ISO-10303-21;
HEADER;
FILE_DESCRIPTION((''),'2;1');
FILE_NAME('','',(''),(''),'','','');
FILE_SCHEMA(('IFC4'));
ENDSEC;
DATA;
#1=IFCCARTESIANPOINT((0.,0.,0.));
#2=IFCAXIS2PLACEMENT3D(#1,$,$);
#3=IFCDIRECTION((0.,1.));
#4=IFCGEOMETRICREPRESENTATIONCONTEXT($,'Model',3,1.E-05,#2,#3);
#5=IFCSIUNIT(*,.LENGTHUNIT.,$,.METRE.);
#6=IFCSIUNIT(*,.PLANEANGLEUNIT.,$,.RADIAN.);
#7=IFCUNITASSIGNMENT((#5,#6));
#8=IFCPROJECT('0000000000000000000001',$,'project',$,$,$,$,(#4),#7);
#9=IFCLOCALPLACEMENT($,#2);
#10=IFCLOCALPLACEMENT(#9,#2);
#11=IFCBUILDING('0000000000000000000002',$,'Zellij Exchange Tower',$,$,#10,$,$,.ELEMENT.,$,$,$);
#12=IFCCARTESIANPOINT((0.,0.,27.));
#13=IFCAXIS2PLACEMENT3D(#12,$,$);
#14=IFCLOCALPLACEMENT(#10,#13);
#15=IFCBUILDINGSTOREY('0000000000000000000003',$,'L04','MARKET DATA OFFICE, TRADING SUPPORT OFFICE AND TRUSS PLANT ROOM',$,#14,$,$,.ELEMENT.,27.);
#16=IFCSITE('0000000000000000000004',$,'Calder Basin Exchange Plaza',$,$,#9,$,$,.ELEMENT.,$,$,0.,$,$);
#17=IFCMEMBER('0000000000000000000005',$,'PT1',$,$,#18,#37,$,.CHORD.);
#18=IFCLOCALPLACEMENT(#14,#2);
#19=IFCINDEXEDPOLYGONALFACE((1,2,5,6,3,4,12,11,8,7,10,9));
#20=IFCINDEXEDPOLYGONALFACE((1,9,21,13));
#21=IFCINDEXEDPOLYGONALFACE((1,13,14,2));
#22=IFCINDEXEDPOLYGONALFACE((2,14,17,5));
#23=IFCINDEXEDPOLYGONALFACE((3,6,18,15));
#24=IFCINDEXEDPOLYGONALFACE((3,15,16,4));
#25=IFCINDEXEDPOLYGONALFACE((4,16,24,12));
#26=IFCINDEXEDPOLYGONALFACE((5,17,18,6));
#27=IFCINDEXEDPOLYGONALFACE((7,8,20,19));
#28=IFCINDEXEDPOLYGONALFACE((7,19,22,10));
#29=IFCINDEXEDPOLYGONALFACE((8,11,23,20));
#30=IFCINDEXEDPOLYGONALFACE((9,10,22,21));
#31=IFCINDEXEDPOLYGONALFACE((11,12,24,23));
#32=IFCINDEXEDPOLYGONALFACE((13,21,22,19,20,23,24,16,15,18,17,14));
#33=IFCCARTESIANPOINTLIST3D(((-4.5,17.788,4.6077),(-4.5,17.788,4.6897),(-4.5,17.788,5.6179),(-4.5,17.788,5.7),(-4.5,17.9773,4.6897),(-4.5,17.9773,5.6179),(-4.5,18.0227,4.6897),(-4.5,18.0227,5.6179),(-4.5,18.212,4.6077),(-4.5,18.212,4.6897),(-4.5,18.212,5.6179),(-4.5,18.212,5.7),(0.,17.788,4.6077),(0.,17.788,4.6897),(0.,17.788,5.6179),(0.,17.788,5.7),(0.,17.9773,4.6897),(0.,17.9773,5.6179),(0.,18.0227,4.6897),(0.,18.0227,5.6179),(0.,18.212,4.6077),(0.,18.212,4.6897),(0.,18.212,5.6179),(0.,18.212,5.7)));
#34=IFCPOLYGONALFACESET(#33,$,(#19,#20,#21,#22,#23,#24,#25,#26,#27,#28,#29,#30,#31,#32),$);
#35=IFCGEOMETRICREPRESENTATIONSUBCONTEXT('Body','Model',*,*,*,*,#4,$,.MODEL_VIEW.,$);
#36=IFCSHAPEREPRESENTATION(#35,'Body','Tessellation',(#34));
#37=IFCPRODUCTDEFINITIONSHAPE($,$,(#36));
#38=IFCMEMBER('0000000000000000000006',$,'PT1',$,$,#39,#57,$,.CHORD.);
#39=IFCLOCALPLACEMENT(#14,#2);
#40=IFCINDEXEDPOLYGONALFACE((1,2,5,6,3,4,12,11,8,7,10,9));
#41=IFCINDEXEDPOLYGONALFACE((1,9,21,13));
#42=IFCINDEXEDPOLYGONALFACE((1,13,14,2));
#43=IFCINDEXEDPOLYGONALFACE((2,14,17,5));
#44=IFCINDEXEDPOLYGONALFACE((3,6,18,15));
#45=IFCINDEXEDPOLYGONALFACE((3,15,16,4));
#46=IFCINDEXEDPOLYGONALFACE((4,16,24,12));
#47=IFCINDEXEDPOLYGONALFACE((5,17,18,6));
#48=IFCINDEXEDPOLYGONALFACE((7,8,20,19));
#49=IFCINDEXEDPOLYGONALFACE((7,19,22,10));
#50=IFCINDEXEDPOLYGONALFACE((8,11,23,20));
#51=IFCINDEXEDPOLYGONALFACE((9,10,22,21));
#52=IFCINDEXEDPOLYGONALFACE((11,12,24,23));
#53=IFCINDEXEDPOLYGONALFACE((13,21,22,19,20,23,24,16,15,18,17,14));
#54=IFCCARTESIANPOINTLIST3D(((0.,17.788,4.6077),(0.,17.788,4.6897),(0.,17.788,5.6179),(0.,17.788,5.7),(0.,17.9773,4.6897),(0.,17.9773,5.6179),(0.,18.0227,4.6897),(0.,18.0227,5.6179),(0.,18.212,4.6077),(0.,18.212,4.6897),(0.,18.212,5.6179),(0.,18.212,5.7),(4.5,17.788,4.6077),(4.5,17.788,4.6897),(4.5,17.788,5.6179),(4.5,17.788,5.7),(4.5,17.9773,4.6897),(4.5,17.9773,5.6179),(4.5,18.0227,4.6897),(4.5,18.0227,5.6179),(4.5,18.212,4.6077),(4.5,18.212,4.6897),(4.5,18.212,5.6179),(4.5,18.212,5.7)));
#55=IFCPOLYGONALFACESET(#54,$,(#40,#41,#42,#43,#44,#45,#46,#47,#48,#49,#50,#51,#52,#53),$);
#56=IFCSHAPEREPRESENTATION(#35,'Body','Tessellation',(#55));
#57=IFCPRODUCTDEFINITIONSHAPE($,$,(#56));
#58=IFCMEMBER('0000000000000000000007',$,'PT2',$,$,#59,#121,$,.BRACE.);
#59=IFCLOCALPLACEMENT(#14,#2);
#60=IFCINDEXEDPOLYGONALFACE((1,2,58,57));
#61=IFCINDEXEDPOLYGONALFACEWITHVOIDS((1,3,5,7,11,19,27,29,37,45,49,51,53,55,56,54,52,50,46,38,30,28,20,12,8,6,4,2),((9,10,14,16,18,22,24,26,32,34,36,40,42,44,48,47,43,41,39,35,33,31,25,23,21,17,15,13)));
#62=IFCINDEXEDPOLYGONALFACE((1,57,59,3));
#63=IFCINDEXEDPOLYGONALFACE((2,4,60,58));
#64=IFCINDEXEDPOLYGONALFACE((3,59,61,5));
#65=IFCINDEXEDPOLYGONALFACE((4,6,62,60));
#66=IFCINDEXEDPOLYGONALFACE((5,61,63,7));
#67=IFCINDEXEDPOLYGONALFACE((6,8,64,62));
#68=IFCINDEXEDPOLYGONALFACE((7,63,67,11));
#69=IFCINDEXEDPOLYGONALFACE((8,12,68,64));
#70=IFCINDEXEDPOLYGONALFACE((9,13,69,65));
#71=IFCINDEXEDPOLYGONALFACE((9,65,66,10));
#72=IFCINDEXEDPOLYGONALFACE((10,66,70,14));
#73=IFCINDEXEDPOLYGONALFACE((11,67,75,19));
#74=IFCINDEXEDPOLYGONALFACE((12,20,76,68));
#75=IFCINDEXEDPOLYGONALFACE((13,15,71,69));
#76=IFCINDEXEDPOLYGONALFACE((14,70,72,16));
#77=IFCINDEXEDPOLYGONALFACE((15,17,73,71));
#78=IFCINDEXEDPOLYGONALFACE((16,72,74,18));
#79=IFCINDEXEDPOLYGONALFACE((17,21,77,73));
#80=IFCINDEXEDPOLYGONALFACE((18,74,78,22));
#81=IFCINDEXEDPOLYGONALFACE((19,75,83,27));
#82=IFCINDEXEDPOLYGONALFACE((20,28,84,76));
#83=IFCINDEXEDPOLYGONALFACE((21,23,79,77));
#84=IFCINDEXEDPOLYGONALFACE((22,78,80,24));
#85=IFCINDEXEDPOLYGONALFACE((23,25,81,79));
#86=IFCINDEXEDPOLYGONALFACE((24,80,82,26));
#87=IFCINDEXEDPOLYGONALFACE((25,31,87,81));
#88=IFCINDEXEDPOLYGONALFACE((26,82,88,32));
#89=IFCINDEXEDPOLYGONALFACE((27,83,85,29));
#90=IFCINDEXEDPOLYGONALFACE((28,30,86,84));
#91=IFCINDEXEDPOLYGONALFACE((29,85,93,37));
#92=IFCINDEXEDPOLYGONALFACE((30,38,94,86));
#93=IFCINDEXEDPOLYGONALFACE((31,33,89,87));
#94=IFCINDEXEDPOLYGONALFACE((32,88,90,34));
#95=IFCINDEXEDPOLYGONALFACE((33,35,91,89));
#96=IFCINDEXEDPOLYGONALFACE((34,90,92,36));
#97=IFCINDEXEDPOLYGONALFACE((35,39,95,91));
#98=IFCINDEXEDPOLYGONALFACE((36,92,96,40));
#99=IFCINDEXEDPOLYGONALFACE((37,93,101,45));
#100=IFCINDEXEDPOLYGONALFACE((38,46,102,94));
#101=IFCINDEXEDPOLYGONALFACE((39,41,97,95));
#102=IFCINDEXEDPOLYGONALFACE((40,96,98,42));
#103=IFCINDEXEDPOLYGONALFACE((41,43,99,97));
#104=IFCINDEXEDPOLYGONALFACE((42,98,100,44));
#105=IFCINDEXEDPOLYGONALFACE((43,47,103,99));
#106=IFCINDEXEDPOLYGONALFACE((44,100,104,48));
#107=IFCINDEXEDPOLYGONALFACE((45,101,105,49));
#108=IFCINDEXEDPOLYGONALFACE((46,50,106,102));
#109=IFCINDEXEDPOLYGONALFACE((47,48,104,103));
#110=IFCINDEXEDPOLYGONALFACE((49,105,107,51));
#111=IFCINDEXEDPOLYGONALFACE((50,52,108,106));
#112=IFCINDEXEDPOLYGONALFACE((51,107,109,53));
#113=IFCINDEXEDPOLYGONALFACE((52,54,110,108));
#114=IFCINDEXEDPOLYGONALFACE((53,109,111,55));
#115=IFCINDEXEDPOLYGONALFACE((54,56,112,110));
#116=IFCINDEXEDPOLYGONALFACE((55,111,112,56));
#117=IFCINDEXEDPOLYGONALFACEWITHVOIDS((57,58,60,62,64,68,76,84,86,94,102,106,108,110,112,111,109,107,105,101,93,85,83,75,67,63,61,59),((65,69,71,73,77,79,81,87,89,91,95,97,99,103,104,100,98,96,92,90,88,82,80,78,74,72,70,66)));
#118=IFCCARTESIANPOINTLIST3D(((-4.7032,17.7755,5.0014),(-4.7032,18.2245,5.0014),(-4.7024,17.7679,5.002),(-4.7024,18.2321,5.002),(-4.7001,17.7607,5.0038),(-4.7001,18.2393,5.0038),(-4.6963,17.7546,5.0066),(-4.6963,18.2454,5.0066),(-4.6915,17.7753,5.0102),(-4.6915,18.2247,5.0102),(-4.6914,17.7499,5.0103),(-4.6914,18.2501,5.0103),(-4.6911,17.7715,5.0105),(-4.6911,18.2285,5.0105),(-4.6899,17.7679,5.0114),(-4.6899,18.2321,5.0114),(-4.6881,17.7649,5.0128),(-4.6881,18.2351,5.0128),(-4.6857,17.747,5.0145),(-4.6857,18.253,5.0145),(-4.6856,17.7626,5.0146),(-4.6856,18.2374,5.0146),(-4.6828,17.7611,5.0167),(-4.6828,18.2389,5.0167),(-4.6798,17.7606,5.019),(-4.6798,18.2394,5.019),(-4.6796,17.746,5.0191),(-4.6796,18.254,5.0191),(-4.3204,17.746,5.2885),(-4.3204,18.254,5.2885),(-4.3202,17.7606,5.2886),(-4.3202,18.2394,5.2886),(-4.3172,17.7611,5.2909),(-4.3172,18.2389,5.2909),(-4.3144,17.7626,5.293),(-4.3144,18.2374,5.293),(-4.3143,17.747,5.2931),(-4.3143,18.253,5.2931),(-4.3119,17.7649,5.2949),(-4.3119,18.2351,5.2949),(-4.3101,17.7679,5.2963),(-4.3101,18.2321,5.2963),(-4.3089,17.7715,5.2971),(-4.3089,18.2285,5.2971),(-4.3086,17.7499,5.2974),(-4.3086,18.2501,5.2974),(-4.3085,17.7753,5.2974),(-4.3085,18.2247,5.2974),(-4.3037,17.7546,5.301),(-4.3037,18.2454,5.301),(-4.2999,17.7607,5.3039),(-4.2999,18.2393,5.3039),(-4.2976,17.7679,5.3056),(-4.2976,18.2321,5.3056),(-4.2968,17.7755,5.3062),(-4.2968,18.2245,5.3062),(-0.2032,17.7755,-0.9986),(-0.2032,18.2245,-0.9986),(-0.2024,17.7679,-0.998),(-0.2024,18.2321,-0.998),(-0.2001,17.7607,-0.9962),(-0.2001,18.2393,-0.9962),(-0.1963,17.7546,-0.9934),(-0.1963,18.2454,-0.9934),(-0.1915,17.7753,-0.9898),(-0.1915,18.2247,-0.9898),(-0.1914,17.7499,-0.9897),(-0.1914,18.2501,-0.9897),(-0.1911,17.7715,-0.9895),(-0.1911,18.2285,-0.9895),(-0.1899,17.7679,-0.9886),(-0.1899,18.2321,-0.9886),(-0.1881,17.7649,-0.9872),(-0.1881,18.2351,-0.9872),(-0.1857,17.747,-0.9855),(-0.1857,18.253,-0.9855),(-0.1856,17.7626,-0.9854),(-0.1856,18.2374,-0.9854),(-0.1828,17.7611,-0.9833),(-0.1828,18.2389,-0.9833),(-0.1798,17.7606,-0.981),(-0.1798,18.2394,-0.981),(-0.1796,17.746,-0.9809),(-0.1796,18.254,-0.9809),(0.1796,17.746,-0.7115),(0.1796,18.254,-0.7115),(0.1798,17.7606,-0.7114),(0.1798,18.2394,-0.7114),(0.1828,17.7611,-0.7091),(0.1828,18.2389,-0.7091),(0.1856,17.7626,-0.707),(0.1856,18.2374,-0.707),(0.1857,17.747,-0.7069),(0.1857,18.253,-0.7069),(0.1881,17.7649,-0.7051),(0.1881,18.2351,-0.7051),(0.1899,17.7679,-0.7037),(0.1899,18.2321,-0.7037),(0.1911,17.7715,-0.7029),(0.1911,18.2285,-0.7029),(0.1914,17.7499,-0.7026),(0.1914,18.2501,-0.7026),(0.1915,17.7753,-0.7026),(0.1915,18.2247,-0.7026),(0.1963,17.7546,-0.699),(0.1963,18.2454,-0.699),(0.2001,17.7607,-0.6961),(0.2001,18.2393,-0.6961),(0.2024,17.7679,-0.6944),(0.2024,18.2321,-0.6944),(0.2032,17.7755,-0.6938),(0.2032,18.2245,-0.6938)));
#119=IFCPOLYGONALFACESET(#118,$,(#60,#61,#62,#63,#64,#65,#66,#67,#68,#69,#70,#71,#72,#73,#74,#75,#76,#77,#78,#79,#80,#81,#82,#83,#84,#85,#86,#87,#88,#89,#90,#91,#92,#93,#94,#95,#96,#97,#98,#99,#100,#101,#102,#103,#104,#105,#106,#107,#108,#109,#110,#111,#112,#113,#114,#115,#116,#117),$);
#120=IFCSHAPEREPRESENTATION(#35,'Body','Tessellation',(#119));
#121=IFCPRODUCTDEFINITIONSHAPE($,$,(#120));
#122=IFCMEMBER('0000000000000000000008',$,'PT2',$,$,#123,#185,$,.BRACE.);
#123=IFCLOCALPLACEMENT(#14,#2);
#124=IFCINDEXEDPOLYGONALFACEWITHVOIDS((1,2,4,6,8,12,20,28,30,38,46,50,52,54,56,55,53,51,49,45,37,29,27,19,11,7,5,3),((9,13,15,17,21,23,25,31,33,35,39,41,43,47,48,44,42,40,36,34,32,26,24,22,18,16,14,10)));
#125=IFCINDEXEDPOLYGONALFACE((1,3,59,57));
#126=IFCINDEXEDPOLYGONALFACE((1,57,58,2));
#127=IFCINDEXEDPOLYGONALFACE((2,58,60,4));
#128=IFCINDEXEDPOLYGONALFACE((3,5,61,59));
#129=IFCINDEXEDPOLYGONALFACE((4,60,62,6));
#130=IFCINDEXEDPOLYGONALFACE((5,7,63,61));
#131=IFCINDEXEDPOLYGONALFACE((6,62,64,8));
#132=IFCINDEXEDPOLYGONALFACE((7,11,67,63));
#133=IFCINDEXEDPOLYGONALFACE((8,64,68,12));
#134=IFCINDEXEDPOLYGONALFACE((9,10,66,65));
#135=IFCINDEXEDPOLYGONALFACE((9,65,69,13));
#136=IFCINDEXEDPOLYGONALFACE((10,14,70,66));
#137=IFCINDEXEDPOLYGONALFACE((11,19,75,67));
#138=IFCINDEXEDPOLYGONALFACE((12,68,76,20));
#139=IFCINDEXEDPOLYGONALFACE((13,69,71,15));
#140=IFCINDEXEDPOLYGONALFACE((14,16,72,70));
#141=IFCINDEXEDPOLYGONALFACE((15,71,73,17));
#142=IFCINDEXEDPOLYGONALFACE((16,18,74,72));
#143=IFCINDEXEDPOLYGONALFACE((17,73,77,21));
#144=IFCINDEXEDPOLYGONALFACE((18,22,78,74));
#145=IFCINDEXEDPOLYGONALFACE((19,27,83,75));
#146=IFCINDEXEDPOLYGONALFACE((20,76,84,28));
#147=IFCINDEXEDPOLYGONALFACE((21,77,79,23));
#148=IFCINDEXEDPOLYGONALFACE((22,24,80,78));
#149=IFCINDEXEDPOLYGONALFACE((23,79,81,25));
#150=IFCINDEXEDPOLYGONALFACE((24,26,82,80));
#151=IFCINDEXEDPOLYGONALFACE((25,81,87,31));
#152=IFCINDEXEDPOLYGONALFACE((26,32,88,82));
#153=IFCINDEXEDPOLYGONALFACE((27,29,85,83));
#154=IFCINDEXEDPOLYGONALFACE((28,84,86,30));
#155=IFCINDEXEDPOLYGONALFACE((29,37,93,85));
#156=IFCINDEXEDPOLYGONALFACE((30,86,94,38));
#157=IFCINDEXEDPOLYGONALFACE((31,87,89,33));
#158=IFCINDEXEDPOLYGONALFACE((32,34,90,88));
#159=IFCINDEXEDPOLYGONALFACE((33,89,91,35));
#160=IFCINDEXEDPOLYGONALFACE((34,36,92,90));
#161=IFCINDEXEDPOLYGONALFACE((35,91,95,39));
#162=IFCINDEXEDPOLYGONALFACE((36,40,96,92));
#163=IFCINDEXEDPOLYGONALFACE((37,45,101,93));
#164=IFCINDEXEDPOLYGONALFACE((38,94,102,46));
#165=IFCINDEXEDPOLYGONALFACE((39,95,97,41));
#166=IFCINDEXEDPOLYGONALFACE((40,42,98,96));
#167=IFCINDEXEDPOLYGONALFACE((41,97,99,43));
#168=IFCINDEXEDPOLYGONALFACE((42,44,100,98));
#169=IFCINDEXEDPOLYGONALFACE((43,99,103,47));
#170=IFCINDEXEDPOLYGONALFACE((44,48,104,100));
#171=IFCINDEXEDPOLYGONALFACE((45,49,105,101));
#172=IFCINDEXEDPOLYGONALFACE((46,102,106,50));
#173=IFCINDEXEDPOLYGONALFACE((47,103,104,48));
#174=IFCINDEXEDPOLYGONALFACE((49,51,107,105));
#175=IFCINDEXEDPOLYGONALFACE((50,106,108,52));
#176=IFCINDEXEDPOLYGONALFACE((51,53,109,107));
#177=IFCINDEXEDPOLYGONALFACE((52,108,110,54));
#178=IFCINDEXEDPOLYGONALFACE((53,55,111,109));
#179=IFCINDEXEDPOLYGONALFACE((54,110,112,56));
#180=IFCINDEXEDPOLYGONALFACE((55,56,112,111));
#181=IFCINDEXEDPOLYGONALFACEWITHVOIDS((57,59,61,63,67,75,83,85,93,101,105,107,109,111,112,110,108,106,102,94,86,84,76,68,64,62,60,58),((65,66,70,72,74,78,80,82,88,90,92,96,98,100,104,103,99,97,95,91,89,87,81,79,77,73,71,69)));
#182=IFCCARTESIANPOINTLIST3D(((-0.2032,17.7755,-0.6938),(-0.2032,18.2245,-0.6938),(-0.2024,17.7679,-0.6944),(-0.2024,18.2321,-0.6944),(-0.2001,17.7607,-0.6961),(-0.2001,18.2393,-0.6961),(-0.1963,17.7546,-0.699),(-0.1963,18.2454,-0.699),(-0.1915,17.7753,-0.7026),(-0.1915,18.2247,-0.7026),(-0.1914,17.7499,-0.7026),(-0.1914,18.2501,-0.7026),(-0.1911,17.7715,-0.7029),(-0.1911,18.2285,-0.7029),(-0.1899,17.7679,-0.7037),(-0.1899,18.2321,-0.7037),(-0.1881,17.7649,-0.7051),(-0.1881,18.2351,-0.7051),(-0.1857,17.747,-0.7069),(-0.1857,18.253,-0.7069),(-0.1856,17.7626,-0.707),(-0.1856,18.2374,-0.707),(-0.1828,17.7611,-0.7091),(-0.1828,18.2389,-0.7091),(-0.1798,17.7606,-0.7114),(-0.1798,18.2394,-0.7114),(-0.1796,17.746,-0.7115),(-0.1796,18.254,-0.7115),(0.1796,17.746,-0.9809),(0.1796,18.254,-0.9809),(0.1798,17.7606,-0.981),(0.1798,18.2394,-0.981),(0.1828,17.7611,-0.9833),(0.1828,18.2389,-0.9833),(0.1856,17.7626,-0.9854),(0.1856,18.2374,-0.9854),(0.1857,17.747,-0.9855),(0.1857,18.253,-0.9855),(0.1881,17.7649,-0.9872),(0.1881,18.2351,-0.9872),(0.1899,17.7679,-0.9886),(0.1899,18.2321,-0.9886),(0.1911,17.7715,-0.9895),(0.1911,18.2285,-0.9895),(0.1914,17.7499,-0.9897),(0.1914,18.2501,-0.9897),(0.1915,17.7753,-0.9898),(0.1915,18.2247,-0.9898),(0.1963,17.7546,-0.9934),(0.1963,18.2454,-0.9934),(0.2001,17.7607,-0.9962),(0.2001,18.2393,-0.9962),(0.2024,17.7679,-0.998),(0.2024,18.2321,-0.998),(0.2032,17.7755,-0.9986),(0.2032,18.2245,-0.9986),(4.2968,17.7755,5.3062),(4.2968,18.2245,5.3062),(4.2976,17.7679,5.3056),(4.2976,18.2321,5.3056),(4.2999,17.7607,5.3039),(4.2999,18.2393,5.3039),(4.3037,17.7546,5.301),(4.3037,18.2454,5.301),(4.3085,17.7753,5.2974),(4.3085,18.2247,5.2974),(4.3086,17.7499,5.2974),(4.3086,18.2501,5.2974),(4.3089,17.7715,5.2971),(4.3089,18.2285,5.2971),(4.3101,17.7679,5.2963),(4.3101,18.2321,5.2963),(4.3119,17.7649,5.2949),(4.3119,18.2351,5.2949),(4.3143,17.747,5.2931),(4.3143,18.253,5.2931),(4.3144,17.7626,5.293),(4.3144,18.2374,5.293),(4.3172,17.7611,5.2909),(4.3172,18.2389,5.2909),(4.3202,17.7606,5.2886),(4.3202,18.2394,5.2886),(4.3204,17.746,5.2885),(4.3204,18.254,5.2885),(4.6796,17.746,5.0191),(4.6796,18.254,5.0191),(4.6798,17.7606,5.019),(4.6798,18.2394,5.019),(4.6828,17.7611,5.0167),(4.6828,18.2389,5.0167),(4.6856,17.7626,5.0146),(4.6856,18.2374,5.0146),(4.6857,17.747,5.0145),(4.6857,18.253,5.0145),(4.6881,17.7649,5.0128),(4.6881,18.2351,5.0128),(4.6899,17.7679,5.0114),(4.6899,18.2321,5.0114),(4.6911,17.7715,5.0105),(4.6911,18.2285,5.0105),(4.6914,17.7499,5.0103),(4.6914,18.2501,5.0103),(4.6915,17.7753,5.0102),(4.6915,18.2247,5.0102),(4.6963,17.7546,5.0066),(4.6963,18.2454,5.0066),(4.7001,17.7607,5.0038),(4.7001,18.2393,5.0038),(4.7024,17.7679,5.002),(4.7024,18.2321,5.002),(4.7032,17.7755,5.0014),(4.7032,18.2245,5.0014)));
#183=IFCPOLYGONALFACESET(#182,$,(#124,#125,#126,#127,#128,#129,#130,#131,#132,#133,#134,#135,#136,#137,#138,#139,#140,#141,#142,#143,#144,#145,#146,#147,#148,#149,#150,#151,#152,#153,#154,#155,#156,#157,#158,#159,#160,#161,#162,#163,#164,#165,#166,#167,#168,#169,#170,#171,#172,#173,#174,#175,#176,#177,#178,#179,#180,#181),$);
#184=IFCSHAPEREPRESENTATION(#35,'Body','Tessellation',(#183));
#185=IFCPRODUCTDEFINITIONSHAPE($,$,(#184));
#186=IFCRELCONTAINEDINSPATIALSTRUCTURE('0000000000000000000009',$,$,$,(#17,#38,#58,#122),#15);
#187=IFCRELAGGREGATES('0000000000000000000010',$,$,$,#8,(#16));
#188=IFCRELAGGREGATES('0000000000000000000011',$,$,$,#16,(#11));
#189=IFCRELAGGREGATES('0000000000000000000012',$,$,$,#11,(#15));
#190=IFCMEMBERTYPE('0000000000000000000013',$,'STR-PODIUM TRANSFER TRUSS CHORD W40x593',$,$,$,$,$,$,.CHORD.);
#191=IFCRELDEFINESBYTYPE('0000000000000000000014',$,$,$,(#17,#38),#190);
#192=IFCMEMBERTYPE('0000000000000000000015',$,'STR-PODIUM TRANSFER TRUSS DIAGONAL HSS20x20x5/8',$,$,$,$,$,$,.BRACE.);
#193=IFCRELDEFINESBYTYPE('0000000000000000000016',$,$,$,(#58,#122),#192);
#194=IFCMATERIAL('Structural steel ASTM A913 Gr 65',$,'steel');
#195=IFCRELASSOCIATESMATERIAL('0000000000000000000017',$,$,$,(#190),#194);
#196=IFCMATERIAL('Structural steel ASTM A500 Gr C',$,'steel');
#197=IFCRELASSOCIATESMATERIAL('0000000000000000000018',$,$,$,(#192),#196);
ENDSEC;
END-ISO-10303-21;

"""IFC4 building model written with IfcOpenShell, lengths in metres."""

from ifc_helpers import new_model, si_unit, direction, frame, origin, origin_2d, place, context, subcontext, project, spatial, hollow_rectangle, i_section, extrude, material, material_profile, profile_set, type_object, element, save


model = new_model("IFC4")

# Units and contexts
model_context = context("Model", 3, precision=1e-05, world=origin(), true_north=direction((0.0, 1.0)))
body_context = subcontext(model_context, "Body", "Model", "MODEL_VIEW")
ifc_project = project(units=[si_unit("LENGTHUNIT", "METRE"), si_unit("PLANEANGLEUNIT", "RADIAN")], contexts=[model_context])

# Site, building, storey
site_placement = place(None, origin())
site = spatial("IfcSite", under=ifc_project, at=site_placement, Name="Calder Basin Exchange Plaza", CompositionType="ELEMENT", RefElevation=0.0)
building_placement = place(site_placement, origin())
building = spatial("IfcBuilding", under=site, at=building_placement, Name="Zellij Exchange Tower", CompositionType="ELEMENT")
storey_placement = place(building_placement, frame((0.0, 0.0, 27.0)))
storey = spatial("IfcBuildingStorey", under=building, at=storey_placement, Name="L04", Description="MARKET DATA OFFICE, TRADING SUPPORT OFFICE AND TRUSS PLANT ROOM", CompositionType="ELEMENT", Elevation=27.0)

# Members
ifc_material_1 = material(Name="Structural steel ASTM A913 Gr 65", Category="steel")
ifc_material_profile_1 = material_profile(ifc_material_1, i_section(OverallWidth=0.4241, OverallDepth=1.0923, WebThickness=0.0454, FlangeThickness=0.082, at=origin_2d()), Name="W40x593")
ifc_profile_set_1 = profile_set([ifc_material_profile_1], Name="Structural steel ASTM A913 Gr 65")
member_type_1 = type_object("IfcMemberType", Name="STR-PODIUM TRANSFER TRUSS CHORD W40x593", PredefinedType="CHORD", material=ifc_profile_set_1)
for number, where, z_axis, x_axis, name in (
    (1, (-4.5, 18.0, 5.1538), (1.0, 0.0, 0.0), (0.0, 1.0, 0.0), "PT1"),
    (2, (0.0, 18.0, 5.1538), (1.0, 0.0, 0.0), (0.0, 1.0, 0.0), "PT1"),
):
    element("IfcMember", number, at=place(storey_placement, frame(where, z_axis=z_axis, x_axis=x_axis)), inside=storey, type_object=member_type_1, Name=name, PredefinedType="CHORD", context=body_context, shape_type="SweptSolid", body=[
        extrude(i_section(OverallWidth=0.4241, OverallDepth=1.0923, WebThickness=0.0454, FlangeThickness=0.082, at=origin_2d()), origin(), (0.0, 0.0, 1.0), 4.5),
    ])
ifc_material_2 = material(Name="Structural steel ASTM A500 Gr C", Category="steel")
ifc_material_profile_2 = material_profile(ifc_material_2, hollow_rectangle(XDim=0.5081, YDim=0.5081, WallThickness=0.0146, InnerFilletRadius=0.0146, OuterFilletRadius=0.0295, at=origin_2d()), Name="STR-PODIUM TRANSFER TRUSS DIAGONAL HSS20x20x5/8")
ifc_profile_set_2 = profile_set([ifc_material_profile_2], Name="Structural steel ASTM A500 Gr C")
member_type_2 = type_object("IfcMemberType", Name="STR-PODIUM TRANSFER TRUSS DIAGONAL HSS20x20x5/8", PredefinedType="BRACE", material=ifc_profile_set_2)
for number, where, z_axis, x_axis, name in (
    (3, (-4.5, 18.0, 5.1538), (0.6, 0.0, -0.8), (0.0, 1.0, 0.0), "PT2"),
    (4, (0.0, 18.0, -0.8462), (0.6, 0.0, 0.8), (0.0, 1.0, 0.0), "PT2"),
):
    element("IfcMember", number, at=place(storey_placement, frame(where, z_axis=z_axis, x_axis=x_axis)), inside=storey, type_object=member_type_2, Name=name, PredefinedType="BRACE", context=body_context, shape_type="SweptSolid", body=[
        extrude(hollow_rectangle(XDim=0.5081, YDim=0.5081, WallThickness=0.0146, InnerFilletRadius=0.0146, OuterFilletRadius=0.0295, at=origin_2d()), origin(), (0.0, 0.0, 1.0), 7.5),
    ])

save(model, "model.ifc")
